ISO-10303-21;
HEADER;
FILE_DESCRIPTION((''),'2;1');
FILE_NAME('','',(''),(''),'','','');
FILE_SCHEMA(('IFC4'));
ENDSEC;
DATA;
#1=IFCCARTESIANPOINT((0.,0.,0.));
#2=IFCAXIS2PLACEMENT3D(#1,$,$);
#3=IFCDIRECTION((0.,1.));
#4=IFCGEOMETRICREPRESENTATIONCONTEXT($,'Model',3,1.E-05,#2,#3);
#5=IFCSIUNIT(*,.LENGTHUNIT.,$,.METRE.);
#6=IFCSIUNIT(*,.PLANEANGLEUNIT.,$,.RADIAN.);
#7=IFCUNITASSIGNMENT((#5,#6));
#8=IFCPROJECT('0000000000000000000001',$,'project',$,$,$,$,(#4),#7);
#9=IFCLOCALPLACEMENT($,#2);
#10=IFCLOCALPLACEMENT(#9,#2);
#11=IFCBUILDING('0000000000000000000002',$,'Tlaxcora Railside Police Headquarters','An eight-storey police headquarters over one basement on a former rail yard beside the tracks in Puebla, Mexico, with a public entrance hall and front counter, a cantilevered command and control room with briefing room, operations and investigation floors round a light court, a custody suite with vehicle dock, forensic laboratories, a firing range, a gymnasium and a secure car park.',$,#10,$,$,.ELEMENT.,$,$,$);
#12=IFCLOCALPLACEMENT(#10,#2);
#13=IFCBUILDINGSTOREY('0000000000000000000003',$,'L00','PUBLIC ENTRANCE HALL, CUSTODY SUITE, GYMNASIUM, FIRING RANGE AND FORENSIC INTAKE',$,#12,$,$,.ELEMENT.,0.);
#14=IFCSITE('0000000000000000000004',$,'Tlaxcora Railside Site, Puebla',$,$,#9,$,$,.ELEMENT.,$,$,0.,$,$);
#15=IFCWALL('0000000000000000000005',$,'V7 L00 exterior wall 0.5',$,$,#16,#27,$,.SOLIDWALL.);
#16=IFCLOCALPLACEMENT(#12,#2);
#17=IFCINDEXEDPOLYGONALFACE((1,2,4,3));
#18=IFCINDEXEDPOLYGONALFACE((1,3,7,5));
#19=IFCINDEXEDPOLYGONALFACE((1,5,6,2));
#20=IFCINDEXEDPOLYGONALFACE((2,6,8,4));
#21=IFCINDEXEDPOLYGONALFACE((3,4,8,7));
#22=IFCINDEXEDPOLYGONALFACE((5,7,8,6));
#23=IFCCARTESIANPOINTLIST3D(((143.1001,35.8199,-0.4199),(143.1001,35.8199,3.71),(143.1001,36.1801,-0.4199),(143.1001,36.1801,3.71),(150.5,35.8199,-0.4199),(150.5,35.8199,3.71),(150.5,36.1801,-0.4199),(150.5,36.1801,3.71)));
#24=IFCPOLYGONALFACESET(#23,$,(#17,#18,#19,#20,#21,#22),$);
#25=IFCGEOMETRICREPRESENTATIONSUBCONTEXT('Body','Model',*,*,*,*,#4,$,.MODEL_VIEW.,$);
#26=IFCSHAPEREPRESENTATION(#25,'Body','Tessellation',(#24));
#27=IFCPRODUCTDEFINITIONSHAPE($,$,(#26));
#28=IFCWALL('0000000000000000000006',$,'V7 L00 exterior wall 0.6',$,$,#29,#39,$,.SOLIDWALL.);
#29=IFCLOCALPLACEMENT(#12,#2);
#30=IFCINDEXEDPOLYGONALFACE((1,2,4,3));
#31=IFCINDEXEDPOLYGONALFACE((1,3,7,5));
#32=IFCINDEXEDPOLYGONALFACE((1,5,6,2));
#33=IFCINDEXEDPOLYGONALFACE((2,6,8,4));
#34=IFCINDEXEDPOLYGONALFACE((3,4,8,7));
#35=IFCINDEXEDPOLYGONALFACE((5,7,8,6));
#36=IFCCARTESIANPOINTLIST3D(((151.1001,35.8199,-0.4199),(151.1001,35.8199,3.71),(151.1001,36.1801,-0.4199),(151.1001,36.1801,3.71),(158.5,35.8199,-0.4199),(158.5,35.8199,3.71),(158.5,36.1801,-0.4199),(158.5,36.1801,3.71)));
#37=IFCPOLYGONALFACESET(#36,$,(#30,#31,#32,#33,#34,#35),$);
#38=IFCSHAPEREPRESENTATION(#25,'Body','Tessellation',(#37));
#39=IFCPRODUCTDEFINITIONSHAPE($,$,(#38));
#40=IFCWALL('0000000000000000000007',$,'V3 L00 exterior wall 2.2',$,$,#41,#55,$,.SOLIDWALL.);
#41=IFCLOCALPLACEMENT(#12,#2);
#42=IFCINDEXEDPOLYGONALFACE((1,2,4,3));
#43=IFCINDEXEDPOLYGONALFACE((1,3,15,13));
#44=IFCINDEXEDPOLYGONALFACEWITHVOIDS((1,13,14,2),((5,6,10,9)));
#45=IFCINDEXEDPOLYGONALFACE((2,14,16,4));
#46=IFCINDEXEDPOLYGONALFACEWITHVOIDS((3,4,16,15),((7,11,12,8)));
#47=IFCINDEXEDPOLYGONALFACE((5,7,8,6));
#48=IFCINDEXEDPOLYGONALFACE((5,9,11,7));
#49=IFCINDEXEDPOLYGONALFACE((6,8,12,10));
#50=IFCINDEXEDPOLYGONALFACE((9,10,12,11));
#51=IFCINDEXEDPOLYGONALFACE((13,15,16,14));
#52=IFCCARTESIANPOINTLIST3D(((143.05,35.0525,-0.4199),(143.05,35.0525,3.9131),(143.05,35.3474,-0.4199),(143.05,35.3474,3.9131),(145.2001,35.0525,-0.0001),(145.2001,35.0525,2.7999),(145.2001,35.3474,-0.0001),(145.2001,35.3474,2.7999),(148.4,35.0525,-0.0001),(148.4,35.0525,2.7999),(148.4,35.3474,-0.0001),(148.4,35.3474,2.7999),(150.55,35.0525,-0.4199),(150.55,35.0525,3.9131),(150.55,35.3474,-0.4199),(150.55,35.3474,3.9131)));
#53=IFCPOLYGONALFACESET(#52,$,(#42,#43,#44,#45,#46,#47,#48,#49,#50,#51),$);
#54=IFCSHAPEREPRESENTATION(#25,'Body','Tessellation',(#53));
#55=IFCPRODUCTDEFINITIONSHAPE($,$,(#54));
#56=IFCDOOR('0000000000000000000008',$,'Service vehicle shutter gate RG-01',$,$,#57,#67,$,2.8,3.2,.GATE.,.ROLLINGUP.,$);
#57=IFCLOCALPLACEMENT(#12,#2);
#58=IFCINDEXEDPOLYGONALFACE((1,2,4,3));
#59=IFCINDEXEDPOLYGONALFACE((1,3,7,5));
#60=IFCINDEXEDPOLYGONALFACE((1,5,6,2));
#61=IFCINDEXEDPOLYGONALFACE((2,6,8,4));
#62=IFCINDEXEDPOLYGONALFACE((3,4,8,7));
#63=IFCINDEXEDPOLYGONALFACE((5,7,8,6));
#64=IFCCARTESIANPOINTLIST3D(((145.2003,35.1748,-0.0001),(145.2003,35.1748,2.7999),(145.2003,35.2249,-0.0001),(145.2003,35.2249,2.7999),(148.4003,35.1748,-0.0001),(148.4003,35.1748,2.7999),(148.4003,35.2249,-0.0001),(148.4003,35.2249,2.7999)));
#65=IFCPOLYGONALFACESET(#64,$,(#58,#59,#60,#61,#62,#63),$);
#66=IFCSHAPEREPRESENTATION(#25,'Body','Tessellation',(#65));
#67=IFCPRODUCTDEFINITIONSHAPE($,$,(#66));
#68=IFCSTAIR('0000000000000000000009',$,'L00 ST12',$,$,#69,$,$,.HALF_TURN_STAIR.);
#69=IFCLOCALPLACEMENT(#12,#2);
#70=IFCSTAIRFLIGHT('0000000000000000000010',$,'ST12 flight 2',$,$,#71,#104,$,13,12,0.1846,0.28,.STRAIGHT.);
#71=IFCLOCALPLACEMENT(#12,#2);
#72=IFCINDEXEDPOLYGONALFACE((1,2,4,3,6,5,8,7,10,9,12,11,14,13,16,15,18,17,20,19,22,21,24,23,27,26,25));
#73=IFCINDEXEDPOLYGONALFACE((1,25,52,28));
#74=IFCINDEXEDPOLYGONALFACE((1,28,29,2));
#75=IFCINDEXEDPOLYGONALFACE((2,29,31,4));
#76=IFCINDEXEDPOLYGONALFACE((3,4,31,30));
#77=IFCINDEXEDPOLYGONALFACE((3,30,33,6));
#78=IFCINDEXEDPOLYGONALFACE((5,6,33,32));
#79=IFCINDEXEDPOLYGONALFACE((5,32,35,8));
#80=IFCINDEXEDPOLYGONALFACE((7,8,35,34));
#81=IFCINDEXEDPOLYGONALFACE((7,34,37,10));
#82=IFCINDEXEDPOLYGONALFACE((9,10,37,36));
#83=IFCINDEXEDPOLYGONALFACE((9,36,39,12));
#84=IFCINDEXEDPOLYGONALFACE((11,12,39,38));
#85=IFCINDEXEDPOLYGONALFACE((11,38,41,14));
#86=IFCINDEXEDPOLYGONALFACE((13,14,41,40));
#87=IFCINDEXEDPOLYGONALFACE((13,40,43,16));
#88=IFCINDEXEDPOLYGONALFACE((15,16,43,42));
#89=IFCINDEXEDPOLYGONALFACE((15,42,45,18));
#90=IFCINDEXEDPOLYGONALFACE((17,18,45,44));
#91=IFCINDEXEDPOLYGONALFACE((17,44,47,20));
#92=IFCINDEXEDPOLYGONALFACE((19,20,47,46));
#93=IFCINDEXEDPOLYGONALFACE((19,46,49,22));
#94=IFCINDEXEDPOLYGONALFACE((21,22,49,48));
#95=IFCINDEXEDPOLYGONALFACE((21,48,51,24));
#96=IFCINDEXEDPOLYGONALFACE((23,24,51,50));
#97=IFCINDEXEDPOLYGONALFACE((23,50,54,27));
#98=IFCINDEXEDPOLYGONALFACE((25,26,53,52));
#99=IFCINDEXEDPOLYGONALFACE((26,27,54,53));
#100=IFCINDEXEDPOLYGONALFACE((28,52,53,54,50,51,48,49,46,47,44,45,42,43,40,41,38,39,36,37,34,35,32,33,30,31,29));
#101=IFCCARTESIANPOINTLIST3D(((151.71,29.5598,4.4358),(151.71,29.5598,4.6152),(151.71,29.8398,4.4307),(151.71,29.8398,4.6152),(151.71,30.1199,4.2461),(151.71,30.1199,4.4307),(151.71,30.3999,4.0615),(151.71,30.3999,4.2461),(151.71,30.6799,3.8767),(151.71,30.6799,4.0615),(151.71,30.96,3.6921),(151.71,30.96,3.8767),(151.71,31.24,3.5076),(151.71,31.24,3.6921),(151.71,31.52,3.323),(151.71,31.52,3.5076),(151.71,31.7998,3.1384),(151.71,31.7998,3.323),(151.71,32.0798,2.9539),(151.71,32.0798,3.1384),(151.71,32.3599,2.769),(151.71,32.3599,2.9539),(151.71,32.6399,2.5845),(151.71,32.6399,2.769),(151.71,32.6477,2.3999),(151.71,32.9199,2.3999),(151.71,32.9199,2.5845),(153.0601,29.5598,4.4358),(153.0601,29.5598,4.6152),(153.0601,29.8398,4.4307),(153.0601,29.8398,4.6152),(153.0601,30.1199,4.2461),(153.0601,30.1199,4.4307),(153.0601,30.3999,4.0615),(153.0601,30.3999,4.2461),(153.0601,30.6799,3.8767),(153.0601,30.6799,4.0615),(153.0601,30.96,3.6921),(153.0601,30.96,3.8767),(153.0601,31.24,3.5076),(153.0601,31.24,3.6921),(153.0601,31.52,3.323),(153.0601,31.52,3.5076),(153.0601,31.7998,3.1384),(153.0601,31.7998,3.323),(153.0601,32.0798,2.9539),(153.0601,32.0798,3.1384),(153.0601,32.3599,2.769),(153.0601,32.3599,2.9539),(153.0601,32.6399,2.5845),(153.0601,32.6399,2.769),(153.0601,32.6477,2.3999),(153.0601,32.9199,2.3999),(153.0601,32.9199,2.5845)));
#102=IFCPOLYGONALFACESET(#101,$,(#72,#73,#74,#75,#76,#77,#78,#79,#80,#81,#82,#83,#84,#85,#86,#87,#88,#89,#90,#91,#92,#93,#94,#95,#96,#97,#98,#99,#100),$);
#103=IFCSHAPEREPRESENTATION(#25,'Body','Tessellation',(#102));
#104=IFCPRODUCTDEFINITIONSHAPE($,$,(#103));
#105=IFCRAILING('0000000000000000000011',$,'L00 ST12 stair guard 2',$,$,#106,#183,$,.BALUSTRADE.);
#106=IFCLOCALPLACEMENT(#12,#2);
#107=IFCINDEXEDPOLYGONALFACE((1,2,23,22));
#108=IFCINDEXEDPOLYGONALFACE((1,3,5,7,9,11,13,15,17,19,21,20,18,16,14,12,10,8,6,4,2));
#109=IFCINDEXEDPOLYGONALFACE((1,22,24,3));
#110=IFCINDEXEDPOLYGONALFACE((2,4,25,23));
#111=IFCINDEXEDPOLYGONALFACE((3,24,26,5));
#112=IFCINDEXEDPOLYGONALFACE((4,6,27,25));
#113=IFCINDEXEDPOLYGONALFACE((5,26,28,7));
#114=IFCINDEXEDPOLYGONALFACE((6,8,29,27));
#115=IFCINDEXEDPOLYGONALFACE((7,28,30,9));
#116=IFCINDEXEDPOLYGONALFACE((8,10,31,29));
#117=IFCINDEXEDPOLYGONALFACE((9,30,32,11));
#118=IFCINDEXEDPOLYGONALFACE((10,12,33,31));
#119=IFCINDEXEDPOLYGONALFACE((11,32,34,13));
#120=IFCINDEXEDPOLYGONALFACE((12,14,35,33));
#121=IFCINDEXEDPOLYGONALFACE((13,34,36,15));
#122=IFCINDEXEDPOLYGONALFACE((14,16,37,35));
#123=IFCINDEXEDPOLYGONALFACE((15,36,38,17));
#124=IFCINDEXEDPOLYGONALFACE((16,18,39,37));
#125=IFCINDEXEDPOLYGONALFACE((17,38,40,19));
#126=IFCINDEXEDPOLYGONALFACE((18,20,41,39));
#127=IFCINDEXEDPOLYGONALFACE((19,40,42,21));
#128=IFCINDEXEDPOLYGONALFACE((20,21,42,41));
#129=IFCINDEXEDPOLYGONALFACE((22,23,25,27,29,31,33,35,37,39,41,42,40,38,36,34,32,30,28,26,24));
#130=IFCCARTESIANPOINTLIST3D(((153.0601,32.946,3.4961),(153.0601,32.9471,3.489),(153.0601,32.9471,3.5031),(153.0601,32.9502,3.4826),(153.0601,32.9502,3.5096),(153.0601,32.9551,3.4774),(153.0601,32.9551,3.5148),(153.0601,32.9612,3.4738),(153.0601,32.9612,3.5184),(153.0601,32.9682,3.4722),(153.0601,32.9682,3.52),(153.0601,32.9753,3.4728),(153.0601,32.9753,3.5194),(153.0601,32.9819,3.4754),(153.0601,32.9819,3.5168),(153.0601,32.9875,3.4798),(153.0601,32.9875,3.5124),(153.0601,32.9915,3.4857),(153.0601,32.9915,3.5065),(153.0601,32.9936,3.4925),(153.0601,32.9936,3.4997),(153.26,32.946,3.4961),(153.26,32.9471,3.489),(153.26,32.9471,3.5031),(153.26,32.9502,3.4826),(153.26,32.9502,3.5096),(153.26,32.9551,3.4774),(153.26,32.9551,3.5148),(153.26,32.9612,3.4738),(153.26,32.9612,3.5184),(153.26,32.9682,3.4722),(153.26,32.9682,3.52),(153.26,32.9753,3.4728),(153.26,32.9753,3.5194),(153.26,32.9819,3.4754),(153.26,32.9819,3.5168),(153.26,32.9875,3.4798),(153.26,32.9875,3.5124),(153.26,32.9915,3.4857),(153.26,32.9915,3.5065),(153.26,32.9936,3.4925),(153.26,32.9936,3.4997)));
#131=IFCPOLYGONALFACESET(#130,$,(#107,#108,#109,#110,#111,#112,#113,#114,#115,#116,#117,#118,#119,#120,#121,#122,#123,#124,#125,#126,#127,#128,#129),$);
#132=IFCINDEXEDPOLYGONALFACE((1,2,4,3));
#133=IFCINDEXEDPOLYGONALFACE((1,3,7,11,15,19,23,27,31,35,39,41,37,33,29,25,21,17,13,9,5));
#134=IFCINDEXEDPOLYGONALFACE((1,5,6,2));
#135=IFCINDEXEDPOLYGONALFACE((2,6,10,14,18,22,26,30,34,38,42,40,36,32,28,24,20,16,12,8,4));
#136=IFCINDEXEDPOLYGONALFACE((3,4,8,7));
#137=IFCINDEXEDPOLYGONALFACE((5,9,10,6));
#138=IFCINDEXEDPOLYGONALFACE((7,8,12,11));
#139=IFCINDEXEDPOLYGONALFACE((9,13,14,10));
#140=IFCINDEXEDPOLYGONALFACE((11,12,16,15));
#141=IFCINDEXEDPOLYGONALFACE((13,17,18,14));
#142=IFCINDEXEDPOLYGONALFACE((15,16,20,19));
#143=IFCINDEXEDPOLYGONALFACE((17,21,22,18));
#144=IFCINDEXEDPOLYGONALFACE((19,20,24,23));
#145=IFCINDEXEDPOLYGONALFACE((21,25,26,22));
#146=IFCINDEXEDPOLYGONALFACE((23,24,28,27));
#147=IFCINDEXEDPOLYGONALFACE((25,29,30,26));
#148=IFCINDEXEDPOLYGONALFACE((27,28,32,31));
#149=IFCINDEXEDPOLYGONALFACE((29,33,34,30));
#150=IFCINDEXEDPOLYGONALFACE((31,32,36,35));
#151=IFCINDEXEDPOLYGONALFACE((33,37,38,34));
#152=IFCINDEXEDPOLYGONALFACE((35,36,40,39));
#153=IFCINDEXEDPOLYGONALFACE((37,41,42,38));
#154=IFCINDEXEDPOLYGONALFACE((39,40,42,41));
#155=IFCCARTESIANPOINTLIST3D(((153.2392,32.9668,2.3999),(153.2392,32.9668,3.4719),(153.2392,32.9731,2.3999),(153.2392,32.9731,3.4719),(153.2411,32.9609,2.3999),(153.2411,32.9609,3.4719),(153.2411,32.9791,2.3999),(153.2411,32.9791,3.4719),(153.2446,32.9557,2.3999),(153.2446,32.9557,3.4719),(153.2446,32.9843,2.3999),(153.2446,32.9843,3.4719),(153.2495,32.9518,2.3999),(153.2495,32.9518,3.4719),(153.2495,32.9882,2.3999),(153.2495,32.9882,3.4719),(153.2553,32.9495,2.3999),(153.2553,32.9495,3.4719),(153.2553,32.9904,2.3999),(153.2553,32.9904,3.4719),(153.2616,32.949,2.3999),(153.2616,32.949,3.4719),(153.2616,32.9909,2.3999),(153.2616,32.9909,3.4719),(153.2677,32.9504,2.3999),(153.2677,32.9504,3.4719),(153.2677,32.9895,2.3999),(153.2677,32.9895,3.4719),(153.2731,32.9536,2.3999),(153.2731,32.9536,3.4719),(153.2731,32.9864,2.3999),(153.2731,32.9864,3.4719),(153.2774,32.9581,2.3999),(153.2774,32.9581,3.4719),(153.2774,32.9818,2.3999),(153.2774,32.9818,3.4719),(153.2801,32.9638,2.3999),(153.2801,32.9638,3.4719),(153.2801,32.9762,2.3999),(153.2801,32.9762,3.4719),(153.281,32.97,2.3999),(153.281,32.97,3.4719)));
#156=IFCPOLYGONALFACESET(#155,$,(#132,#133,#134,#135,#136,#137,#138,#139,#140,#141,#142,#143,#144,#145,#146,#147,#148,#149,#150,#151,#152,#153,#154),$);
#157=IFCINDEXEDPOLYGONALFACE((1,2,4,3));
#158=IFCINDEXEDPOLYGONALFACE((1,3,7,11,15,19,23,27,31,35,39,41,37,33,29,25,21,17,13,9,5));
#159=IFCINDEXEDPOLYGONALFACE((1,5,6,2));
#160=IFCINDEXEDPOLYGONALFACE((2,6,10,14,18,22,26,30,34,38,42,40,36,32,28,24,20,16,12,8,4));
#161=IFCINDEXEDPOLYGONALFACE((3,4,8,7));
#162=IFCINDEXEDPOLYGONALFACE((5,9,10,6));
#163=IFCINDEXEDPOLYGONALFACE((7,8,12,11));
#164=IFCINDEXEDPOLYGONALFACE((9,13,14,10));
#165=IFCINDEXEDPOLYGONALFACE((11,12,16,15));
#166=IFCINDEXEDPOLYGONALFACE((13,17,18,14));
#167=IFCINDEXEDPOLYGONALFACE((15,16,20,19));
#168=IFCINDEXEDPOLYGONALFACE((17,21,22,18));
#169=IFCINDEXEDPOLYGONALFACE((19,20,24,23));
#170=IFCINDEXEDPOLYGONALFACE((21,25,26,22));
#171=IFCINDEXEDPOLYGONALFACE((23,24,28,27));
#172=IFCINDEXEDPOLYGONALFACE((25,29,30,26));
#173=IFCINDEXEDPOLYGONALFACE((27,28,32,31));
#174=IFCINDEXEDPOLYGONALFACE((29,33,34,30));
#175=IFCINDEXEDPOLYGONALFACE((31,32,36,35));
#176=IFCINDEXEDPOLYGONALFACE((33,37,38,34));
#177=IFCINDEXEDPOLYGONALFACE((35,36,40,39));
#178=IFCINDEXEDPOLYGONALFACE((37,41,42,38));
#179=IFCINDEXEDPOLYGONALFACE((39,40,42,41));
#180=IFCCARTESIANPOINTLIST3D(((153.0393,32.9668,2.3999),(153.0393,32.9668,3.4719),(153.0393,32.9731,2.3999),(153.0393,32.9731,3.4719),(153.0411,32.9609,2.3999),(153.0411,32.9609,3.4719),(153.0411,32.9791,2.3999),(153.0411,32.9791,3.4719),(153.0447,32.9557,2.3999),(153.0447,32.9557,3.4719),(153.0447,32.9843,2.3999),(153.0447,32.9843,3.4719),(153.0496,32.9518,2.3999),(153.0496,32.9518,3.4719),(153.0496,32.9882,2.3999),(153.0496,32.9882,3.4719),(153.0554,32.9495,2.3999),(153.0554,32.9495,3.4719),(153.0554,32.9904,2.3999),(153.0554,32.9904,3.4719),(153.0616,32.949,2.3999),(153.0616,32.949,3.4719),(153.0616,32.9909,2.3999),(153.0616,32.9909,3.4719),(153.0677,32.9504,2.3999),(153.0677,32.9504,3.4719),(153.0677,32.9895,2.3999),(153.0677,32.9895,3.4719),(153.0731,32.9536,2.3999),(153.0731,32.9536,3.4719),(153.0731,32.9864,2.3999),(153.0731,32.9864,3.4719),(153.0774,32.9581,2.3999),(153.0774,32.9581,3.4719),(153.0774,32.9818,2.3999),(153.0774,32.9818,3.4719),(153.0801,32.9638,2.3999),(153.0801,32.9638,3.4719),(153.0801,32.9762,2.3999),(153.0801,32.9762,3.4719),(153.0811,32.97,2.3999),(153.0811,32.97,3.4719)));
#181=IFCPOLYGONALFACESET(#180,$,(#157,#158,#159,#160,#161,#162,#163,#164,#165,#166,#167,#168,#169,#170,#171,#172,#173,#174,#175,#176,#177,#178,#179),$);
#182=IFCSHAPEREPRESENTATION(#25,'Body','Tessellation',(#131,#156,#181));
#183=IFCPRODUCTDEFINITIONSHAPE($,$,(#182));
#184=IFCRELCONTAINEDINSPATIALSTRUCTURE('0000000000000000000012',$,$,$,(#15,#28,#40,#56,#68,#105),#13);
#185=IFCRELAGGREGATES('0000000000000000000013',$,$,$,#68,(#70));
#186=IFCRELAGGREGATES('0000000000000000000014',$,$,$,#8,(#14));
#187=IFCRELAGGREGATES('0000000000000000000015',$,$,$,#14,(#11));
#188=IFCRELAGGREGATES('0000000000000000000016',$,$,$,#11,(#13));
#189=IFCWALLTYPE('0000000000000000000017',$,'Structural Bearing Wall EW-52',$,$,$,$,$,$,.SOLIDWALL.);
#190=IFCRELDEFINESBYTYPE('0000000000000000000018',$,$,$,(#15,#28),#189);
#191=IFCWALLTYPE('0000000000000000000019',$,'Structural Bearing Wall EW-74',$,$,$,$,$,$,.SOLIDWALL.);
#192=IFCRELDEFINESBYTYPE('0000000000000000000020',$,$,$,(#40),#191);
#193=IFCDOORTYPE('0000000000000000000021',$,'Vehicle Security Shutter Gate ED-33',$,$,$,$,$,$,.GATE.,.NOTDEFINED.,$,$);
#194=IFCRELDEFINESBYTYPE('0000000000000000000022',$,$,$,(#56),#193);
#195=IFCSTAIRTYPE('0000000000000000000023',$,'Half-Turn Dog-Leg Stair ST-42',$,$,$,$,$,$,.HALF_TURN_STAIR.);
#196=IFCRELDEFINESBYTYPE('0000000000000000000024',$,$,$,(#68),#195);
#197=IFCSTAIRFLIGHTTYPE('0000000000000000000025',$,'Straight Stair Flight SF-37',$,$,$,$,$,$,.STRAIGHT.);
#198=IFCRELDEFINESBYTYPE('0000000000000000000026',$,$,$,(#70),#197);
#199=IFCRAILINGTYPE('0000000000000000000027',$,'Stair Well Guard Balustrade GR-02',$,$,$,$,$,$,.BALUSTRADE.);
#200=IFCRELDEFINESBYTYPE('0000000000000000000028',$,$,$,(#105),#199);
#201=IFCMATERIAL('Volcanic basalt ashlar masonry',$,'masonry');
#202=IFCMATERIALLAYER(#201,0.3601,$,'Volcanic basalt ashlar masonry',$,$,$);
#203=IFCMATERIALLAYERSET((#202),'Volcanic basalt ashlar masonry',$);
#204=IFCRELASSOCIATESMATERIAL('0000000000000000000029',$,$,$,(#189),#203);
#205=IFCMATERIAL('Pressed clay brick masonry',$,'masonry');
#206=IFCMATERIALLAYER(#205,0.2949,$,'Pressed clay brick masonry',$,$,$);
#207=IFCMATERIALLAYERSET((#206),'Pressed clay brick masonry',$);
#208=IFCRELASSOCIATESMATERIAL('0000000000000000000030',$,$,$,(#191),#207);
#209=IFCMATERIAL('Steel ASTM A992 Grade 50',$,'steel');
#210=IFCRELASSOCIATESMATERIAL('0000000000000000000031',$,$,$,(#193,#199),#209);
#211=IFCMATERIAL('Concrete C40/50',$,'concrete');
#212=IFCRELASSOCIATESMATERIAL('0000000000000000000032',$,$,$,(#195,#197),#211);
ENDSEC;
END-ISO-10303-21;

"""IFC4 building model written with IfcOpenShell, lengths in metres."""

from ifc_helpers import new_model, si_unit, direction, frame, frame_2d, origin, origin_2d, place, context, subcontext, project, spatial, polyline, rectangle, circle, outline, extrude, material, layer, layer_set, type_object, element, fill, aggregate, save


model = new_model("IFC4")

# Units and contexts
model_context = context("Model", 3, precision=1e-05, world=origin(), true_north=direction((0.0, 1.0)))
body_context = subcontext(model_context, "Body", "Model", "MODEL_VIEW")
ifc_project = project(units=[si_unit("LENGTHUNIT", "METRE"), si_unit("PLANEANGLEUNIT", "RADIAN")], contexts=[model_context])

# Site, building, storey
site_placement = place(None, origin())
site = spatial("IfcSite", under=ifc_project, at=site_placement, Name="Tlaxcora Railside Site, Puebla", CompositionType="ELEMENT", RefElevation=0.0)
building_placement = place(site_placement, origin())
building = spatial("IfcBuilding", under=site, at=building_placement, Name="Tlaxcora Railside Police Headquarters", Description="An eight-storey police headquarters over one basement on a former rail yard beside the tracks in Puebla, Mexico, with a public entrance hall and front counter, a cantilevered command and control room with briefing room, operations and investigation floors round a light court, a custody suite with vehicle dock, forensic laboratories, a firing range, a gymnasium and a secure car park.", CompositionType="ELEMENT")
storey_placement = place(building_placement, origin())
storey = spatial("IfcBuildingStorey", under=building, at=storey_placement, Name="L00", Description="PUBLIC ENTRANCE HALL, CUSTODY SUITE, GYMNASIUM, FIRING RANGE AND FORENSIC INTAKE", CompositionType="ELEMENT", Elevation=0.0)

# Shared definitions
ifc_material_1 = material(Name="Concrete C40/50", Category="concrete")

# Shared definitions
ifc_material_2 = material(Name="Steel ASTM A992 Grade 50", Category="steel")

# Walls
ifc_material_3 = material(Name="Volcanic basalt ashlar masonry", Category="masonry")
ifc_layer_1 = layer(ifc_material_3, 0.3601, Name="Volcanic basalt ashlar masonry")
ifc_layer_set_1 = layer_set([ifc_layer_1], Name="Volcanic basalt ashlar masonry")
wall_type_1 = type_object("IfcWallType", Name="Structural Bearing Wall EW-52", PredefinedType="SOLIDWALL", material=ifc_layer_set_1)
for number, where, z_axis, x_axis, name in (
    (1, (143.1001, 36.0, -0.4199), (0.0, 0.0, 1.0), (1.0, 0.0, 0.0), "V7 L00 exterior wall 0.5"),
    (2, (151.1001, 36.0, -0.4199), (0.0, 0.0, 1.0), (1.0, 0.0, 0.0), "V7 L00 exterior wall 0.6"),
):
    element("IfcWall", number, at=place(storey_placement, frame(where, z_axis=z_axis, x_axis=x_axis)), inside=storey, type_object=wall_type_1, Name=name, PredefinedType="SOLIDWALL", context=body_context, shape_type="SweptSolid", body=[
        extrude(rectangle(XDim=7.3999, YDim=0.3601, at=frame_2d((3.7, 0.0))), origin(), (0.0, 0.0, 1.0), 4.1299),
    ])

# Wall, opening, door
ifc_material_4 = material(Name="Pressed clay brick masonry", Category="masonry")
ifc_layer_2 = layer(ifc_material_4, 0.2949, Name="Pressed clay brick masonry")
ifc_layer_set_2 = layer_set([ifc_layer_2], Name="Pressed clay brick masonry")
wall_type_2 = type_object("IfcWallType", Name="Structural Bearing Wall EW-74", PredefinedType="SOLIDWALL", material=ifc_layer_set_2)
wall_1_placement = place(storey_placement, frame((150.55, 35.2, -0.4199), z_axis=(0.0, 0.0, 1.0), x_axis=(-1.0, 0.0, 0.0)))
wall_1 = element("IfcWall", 3, at=wall_1_placement, inside=storey, type_object=wall_type_2, Name="V3 L00 exterior wall 2.2", PredefinedType="SOLIDWALL", context=body_context, shape_type="SweptSolid", body=[
    extrude(rectangle(XDim=7.5, YDim=0.2949, at=frame_2d((3.75, 0.0))), origin(), (0.0, 0.0, 1.0), 4.333),
])
opening_placement = place(wall_1_placement, frame((2.1499, 0.0, 0.4199)))
opening = element("IfcOpeningElement", 4, at=opening_placement, cuts=wall_1, PredefinedType="OPENING", context=body_context, shape_type="SweptSolid", body=[
    extrude(rectangle(XDim=3.2, YDim=2.8, at=frame_2d((1.6001, 1.3999))), frame((0.0, 0.1575, 0.0), z_axis=(0.0, -1.0, 0.0), x_axis=(1.0, 0.0, 0.0)), (0.0, 0.0, 1.0), 0.3149),
])
door_type = type_object("IfcDoorType", Name="Vehicle Security Shutter Gate ED-33", OperationType="NOTDEFINED", PredefinedType="GATE", material=ifc_material_2)
door_placement = place(opening_placement, frame((3.2, 0.0, 0.0), z_axis=(0.0, 0.0, 1.0), x_axis=(-1.0, 0.0, 0.0)))
door = element("IfcDoor", 5, at=door_placement, inside=storey, type_object=door_type, Name="Service vehicle shutter gate RG-01", OperationType="ROLLINGUP", OverallHeight=2.8, OverallWidth=3.2, PredefinedType="GATE", context=body_context, shape_type="SweptSolid", body=[
    extrude(rectangle(XDim=3.2, YDim=2.8, at=frame_2d((1.6001, 1.3999))), frame((0.0, 0.0249, 0.0), z_axis=(0.0, -1.0, 0.0), x_axis=(1.0, 0.0, 0.0)), (0.0, 0.0, 1.0), 0.05),
])
fill(opening, door)

# Stair, stair flight
stair_type = type_object("IfcStairType", Name="Half-Turn Dog-Leg Stair ST-42", PredefinedType="HALF_TURN_STAIR", material=ifc_material_1)
stair_placement = place(storey_placement, origin())
stair = element("IfcStair", 6, at=stair_placement, inside=storey, type_object=stair_type, Name="L00 ST12", PredefinedType="HALF_TURN_STAIR")
stair_flight_type = type_object("IfcStairFlightType", Name="Straight Stair Flight SF-37", PredefinedType="STRAIGHT", material=ifc_material_1)
stair_flight_placement = place(storey_placement, frame((152.385, 32.9199, 2.3999), z_axis=(0.0, 0.0, 1.0), x_axis=(0.0, -1.0, 0.0)))
stair_flight = element("IfcStairFlight", 7, at=stair_flight_placement, type_object=stair_flight_type, Name="ST12 flight 2", NumberOfRisers=13, NumberOfTreads=12, PredefinedType="STRAIGHT", RiserHeight=0.1846, TreadLength=0.28, context=body_context, shape_type="SweptSolid", body=[
    extrude(outline(polyline([(0.0, 0.0), (0.0, 0.1846), (0.28, 0.1846), (0.28, 0.3691), (0.5601, 0.3691), (0.5601, 0.554), (0.8401, 0.554), (0.8401, 0.7385), (1.1201, 0.7385), (1.1201, 0.9231), (1.3999, 0.9231), (1.3999, 1.1077), (1.6799, 1.1077), (1.6799, 1.2922), (1.96, 1.2922), (1.96, 1.4768), (2.24, 1.4768), (2.24, 1.6616), (2.52, 1.6616), (2.52, 1.8462), (2.8, 1.8462), (2.8, 2.0308), (3.0801, 2.0308), (3.0801, 2.2153), (3.3601, 2.2153), (3.3601, 2.3999), (3.3601, 2.0359), (0.2722, 0.0), (0.0, 0.0)])), frame((0.0, 0.675, 0.0), z_axis=(0.0, -1.0, 0.0), x_axis=(1.0, 0.0, 0.0)), (0.0, 0.0, 1.0), 1.3501),
])
aggregate(stair, [stair_flight])

# Railing
railing_type_1 = type_object("IfcRailingType", Name="Stair Well Guard Balustrade GR-02", PredefinedType="BALUSTRADE", material=ifc_material_2)
railing_1_placement = place(storey_placement, frame((153.26, 32.97, 2.3999)))
element("IfcRailing", 8, at=railing_1_placement, inside=storey, type_object=railing_type_1, Name="L00 ST12 stair guard 2", PredefinedType="BALUSTRADE", context=body_context, shape_type="SweptSolid", body=[
    extrude(circle(Radius=0.0239, at=origin_2d()), frame((0.0, 0.0, 1.0962), z_axis=(-1.0, 0.0, 0.0), x_axis=(0.0, -1.0, 0.0)), (0.0, 0.0, 1.0), 0.2),
    extrude(circle(Radius=0.021, at=origin_2d()), origin(), (0.0, 0.0, 1.0), 1.072),
    extrude(circle(Radius=0.021, at=origin_2d()), frame((-0.2, 0.0, 0.0)), (0.0, 0.0, 1.0), 1.072),
])

save(model, "model.ifc")
